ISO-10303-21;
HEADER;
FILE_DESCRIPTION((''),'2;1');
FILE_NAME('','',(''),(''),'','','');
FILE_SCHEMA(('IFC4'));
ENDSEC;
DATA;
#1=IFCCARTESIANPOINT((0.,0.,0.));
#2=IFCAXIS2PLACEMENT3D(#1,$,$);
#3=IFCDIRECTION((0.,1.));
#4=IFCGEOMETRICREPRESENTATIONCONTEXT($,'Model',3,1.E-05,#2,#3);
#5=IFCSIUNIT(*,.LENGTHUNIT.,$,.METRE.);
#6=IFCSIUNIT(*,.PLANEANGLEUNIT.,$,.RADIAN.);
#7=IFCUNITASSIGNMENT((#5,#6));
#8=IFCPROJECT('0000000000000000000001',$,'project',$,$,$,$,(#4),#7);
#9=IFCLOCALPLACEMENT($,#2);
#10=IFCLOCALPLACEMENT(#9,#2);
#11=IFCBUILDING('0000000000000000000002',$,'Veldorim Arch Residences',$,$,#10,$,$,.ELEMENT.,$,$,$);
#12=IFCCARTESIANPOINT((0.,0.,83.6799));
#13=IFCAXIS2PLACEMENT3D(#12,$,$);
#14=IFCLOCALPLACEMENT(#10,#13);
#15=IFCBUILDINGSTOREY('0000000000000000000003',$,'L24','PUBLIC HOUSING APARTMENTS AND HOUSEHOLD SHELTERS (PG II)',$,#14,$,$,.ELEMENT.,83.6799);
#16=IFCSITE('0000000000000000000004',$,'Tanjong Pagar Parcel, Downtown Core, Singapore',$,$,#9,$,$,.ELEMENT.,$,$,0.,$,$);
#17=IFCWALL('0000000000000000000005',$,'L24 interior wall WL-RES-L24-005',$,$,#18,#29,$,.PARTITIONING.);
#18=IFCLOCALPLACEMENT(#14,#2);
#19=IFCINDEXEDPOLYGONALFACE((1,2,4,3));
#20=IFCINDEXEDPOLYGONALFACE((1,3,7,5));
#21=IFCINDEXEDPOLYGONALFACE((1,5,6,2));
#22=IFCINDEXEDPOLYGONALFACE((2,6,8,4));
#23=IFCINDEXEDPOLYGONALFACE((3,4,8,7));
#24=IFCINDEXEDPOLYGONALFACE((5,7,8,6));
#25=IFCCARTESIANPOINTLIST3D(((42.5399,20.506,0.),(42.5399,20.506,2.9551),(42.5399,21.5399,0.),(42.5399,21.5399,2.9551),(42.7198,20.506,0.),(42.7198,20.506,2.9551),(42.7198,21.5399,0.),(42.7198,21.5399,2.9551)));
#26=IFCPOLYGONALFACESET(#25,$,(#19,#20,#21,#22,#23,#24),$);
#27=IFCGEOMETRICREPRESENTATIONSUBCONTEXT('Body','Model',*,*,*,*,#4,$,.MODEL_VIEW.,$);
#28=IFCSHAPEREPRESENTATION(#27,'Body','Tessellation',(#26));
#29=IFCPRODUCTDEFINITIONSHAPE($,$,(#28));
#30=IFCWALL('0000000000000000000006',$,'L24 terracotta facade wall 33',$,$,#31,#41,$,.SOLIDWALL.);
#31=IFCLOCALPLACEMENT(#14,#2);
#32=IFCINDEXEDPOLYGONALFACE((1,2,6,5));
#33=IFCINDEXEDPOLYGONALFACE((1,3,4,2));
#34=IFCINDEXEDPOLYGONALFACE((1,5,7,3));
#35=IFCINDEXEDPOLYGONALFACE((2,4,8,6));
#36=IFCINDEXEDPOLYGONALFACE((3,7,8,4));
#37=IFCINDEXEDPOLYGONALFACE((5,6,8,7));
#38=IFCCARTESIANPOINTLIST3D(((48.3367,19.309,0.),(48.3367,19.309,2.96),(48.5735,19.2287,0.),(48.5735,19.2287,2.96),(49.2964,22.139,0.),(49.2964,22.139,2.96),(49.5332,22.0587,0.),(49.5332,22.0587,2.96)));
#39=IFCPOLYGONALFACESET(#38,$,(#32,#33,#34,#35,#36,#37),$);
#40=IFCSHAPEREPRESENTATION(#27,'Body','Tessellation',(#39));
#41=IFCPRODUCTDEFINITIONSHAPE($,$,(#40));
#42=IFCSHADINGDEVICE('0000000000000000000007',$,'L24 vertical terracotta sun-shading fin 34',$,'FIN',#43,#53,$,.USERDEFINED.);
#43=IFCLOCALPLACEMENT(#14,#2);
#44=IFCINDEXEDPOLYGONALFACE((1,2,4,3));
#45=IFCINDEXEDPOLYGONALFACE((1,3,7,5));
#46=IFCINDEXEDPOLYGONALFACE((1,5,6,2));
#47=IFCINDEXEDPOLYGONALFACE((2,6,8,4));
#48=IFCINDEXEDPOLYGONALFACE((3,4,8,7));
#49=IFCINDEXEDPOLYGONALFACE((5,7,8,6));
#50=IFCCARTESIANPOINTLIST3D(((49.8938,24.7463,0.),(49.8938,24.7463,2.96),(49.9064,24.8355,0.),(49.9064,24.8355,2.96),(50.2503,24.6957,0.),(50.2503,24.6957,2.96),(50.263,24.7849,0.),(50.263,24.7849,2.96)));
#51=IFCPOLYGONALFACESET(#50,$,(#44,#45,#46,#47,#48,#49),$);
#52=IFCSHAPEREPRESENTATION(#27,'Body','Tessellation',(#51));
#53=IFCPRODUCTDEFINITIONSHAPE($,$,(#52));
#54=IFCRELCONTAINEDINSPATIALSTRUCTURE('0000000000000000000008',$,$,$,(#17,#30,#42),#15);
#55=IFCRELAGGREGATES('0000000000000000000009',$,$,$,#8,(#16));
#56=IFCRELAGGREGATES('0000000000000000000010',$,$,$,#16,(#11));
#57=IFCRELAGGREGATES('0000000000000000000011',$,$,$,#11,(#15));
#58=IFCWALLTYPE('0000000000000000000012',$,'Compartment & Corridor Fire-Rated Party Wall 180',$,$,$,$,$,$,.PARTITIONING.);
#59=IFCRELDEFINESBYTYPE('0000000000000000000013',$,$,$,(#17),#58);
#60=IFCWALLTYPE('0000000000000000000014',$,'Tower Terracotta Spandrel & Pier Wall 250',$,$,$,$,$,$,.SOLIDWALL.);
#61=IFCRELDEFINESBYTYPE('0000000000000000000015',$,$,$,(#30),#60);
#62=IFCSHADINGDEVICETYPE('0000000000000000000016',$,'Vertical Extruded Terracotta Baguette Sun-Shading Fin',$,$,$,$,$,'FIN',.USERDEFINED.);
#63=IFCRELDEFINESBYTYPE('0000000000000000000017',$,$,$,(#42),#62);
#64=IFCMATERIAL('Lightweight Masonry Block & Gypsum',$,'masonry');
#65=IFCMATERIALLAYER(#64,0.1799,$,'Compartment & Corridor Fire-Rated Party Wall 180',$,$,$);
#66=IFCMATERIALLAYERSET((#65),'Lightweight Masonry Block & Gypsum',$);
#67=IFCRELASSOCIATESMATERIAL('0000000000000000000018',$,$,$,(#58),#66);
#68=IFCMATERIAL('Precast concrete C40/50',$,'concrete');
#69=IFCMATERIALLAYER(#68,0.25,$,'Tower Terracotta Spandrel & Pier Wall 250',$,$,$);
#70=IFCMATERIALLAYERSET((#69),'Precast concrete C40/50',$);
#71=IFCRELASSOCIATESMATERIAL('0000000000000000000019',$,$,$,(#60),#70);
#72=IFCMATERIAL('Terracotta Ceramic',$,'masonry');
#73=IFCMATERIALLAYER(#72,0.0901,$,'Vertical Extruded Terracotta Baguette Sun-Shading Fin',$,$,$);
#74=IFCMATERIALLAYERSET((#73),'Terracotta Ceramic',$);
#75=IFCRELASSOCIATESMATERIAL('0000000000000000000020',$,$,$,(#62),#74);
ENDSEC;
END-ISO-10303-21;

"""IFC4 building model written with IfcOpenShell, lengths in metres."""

from ifc_helpers import new_model, si_unit, direction, frame, frame_2d, origin, origin_2d, place, context, subcontext, project, spatial, rectangle, extrude, material, layer, layer_set, type_object, element, save


model = new_model("IFC4")

# Units and contexts
model_context = context("Model", 3, precision=1e-05, world=origin(), true_north=direction((0.0, 1.0)))
body_context = subcontext(model_context, "Body", "Model", "MODEL_VIEW")
ifc_project = project(units=[si_unit("LENGTHUNIT", "METRE"), si_unit("PLANEANGLEUNIT", "RADIAN")], contexts=[model_context])

# Site, building, storey
site_placement = place(None, origin())
site = spatial("IfcSite", under=ifc_project, at=site_placement, Name="Tanjong Pagar Parcel, Downtown Core, Singapore", CompositionType="ELEMENT", RefElevation=0.0)
building_placement = place(site_placement, origin())
building = spatial("IfcBuilding", under=site, at=building_placement, Name="Veldorim Arch Residences", CompositionType="ELEMENT")
storey_placement = place(building_placement, frame((0.0, 0.0, 83.6799)))
storey = spatial("IfcBuildingStorey", under=building, at=storey_placement, Name="L24", Description="PUBLIC HOUSING APARTMENTS AND HOUSEHOLD SHELTERS (PG II)", CompositionType="ELEMENT", Elevation=83.6799)

# Walls
ifc_material_1 = material(Name="Lightweight Masonry Block & Gypsum", Category="masonry")
ifc_layer_1 = layer(ifc_material_1, 0.1799, Name="Compartment & Corridor Fire-Rated Party Wall 180")
ifc_layer_set_1 = layer_set([ifc_layer_1], Name="Lightweight Masonry Block & Gypsum")
wall_type_1 = type_object("IfcWallType", Name="Compartment & Corridor Fire-Rated Party Wall 180", PredefinedType="PARTITIONING", material=ifc_layer_set_1)
wall_1_placement = place(storey_placement, frame((42.6299, 21.54, 0.0), z_axis=(0.0, 0.0, 1.0), x_axis=(0.0, -1.0, 0.0)))
element("IfcWall", 1, at=wall_1_placement, inside=storey, type_object=wall_type_1, Name="L24 interior wall WL-RES-L24-005", PredefinedType="PARTITIONING", context=body_context, shape_type="SweptSolid", body=[
    extrude(rectangle(XDim=1.0339, YDim=0.1799, at=frame_2d((0.5171, 0.0))), origin(), (0.0, 0.0, 1.0), 2.9551),
])
ifc_material_2 = material(Name="Precast concrete C40/50", Category="concrete")
ifc_layer_2 = layer(ifc_material_2, 0.25, Name="Tower Terracotta Spandrel & Pier Wall 250")
ifc_layer_set_2 = layer_set([ifc_layer_2], Name="Precast concrete C40/50")
wall_type_2 = type_object("IfcWallType", Name="Tower Terracotta Spandrel & Pier Wall 250", PredefinedType="SOLIDWALL", material=ifc_layer_set_2)
wall_2_placement = place(storey_placement, frame((49.4148, 22.0989, 0.0), z_axis=(0.0, 0.0, 1.0), x_axis=(-0.32115, -0.947028, 0.0)))
element("IfcWall", 2, at=wall_2_placement, inside=storey, type_object=wall_type_2, Name="L24 terracotta facade wall 33", PredefinedType="SOLIDWALL", context=body_context, shape_type="SweptSolid", body=[
    extrude(rectangle(XDim=2.9883, YDim=0.25, at=frame_2d((1.4941, 0.0))), origin(), (0.0, 0.0, 1.0), 2.96),
])

# Shading device
ifc_material_3 = material(Name="Terracotta Ceramic", Category="masonry")
ifc_layer_3 = layer(ifc_material_3, 0.0901, Name="Vertical Extruded Terracotta Baguette Sun-Shading Fin")
ifc_layer_set_3 = layer_set([ifc_layer_3], Name="Terracotta Ceramic")
shading_device_type = type_object("IfcShadingDeviceType", Name="Vertical Extruded Terracotta Baguette Sun-Shading Fin", ElementType="FIN", PredefinedType="USERDEFINED", material=ifc_layer_set_3)
shading_device_placement = place(storey_placement, frame((50.0784, 24.7656, 0.0), z_axis=(0.0, 0.0, 1.0), x_axis=(-0.140556, -0.990073, 0.0)))
element("IfcShadingDevice", 3, at=shading_device_placement, inside=storey, type_object=shading_device_type, Name="L24 vertical terracotta sun-shading fin 34", ObjectType="FIN", PredefinedType="USERDEFINED", context=body_context, shape_type="SweptSolid", body=[
    extrude(rectangle(XDim=0.0901, YDim=0.3601, at=origin_2d()), origin(), (0.0, 0.0, 1.0), 2.96),
])

save(model, "model.ifc")
